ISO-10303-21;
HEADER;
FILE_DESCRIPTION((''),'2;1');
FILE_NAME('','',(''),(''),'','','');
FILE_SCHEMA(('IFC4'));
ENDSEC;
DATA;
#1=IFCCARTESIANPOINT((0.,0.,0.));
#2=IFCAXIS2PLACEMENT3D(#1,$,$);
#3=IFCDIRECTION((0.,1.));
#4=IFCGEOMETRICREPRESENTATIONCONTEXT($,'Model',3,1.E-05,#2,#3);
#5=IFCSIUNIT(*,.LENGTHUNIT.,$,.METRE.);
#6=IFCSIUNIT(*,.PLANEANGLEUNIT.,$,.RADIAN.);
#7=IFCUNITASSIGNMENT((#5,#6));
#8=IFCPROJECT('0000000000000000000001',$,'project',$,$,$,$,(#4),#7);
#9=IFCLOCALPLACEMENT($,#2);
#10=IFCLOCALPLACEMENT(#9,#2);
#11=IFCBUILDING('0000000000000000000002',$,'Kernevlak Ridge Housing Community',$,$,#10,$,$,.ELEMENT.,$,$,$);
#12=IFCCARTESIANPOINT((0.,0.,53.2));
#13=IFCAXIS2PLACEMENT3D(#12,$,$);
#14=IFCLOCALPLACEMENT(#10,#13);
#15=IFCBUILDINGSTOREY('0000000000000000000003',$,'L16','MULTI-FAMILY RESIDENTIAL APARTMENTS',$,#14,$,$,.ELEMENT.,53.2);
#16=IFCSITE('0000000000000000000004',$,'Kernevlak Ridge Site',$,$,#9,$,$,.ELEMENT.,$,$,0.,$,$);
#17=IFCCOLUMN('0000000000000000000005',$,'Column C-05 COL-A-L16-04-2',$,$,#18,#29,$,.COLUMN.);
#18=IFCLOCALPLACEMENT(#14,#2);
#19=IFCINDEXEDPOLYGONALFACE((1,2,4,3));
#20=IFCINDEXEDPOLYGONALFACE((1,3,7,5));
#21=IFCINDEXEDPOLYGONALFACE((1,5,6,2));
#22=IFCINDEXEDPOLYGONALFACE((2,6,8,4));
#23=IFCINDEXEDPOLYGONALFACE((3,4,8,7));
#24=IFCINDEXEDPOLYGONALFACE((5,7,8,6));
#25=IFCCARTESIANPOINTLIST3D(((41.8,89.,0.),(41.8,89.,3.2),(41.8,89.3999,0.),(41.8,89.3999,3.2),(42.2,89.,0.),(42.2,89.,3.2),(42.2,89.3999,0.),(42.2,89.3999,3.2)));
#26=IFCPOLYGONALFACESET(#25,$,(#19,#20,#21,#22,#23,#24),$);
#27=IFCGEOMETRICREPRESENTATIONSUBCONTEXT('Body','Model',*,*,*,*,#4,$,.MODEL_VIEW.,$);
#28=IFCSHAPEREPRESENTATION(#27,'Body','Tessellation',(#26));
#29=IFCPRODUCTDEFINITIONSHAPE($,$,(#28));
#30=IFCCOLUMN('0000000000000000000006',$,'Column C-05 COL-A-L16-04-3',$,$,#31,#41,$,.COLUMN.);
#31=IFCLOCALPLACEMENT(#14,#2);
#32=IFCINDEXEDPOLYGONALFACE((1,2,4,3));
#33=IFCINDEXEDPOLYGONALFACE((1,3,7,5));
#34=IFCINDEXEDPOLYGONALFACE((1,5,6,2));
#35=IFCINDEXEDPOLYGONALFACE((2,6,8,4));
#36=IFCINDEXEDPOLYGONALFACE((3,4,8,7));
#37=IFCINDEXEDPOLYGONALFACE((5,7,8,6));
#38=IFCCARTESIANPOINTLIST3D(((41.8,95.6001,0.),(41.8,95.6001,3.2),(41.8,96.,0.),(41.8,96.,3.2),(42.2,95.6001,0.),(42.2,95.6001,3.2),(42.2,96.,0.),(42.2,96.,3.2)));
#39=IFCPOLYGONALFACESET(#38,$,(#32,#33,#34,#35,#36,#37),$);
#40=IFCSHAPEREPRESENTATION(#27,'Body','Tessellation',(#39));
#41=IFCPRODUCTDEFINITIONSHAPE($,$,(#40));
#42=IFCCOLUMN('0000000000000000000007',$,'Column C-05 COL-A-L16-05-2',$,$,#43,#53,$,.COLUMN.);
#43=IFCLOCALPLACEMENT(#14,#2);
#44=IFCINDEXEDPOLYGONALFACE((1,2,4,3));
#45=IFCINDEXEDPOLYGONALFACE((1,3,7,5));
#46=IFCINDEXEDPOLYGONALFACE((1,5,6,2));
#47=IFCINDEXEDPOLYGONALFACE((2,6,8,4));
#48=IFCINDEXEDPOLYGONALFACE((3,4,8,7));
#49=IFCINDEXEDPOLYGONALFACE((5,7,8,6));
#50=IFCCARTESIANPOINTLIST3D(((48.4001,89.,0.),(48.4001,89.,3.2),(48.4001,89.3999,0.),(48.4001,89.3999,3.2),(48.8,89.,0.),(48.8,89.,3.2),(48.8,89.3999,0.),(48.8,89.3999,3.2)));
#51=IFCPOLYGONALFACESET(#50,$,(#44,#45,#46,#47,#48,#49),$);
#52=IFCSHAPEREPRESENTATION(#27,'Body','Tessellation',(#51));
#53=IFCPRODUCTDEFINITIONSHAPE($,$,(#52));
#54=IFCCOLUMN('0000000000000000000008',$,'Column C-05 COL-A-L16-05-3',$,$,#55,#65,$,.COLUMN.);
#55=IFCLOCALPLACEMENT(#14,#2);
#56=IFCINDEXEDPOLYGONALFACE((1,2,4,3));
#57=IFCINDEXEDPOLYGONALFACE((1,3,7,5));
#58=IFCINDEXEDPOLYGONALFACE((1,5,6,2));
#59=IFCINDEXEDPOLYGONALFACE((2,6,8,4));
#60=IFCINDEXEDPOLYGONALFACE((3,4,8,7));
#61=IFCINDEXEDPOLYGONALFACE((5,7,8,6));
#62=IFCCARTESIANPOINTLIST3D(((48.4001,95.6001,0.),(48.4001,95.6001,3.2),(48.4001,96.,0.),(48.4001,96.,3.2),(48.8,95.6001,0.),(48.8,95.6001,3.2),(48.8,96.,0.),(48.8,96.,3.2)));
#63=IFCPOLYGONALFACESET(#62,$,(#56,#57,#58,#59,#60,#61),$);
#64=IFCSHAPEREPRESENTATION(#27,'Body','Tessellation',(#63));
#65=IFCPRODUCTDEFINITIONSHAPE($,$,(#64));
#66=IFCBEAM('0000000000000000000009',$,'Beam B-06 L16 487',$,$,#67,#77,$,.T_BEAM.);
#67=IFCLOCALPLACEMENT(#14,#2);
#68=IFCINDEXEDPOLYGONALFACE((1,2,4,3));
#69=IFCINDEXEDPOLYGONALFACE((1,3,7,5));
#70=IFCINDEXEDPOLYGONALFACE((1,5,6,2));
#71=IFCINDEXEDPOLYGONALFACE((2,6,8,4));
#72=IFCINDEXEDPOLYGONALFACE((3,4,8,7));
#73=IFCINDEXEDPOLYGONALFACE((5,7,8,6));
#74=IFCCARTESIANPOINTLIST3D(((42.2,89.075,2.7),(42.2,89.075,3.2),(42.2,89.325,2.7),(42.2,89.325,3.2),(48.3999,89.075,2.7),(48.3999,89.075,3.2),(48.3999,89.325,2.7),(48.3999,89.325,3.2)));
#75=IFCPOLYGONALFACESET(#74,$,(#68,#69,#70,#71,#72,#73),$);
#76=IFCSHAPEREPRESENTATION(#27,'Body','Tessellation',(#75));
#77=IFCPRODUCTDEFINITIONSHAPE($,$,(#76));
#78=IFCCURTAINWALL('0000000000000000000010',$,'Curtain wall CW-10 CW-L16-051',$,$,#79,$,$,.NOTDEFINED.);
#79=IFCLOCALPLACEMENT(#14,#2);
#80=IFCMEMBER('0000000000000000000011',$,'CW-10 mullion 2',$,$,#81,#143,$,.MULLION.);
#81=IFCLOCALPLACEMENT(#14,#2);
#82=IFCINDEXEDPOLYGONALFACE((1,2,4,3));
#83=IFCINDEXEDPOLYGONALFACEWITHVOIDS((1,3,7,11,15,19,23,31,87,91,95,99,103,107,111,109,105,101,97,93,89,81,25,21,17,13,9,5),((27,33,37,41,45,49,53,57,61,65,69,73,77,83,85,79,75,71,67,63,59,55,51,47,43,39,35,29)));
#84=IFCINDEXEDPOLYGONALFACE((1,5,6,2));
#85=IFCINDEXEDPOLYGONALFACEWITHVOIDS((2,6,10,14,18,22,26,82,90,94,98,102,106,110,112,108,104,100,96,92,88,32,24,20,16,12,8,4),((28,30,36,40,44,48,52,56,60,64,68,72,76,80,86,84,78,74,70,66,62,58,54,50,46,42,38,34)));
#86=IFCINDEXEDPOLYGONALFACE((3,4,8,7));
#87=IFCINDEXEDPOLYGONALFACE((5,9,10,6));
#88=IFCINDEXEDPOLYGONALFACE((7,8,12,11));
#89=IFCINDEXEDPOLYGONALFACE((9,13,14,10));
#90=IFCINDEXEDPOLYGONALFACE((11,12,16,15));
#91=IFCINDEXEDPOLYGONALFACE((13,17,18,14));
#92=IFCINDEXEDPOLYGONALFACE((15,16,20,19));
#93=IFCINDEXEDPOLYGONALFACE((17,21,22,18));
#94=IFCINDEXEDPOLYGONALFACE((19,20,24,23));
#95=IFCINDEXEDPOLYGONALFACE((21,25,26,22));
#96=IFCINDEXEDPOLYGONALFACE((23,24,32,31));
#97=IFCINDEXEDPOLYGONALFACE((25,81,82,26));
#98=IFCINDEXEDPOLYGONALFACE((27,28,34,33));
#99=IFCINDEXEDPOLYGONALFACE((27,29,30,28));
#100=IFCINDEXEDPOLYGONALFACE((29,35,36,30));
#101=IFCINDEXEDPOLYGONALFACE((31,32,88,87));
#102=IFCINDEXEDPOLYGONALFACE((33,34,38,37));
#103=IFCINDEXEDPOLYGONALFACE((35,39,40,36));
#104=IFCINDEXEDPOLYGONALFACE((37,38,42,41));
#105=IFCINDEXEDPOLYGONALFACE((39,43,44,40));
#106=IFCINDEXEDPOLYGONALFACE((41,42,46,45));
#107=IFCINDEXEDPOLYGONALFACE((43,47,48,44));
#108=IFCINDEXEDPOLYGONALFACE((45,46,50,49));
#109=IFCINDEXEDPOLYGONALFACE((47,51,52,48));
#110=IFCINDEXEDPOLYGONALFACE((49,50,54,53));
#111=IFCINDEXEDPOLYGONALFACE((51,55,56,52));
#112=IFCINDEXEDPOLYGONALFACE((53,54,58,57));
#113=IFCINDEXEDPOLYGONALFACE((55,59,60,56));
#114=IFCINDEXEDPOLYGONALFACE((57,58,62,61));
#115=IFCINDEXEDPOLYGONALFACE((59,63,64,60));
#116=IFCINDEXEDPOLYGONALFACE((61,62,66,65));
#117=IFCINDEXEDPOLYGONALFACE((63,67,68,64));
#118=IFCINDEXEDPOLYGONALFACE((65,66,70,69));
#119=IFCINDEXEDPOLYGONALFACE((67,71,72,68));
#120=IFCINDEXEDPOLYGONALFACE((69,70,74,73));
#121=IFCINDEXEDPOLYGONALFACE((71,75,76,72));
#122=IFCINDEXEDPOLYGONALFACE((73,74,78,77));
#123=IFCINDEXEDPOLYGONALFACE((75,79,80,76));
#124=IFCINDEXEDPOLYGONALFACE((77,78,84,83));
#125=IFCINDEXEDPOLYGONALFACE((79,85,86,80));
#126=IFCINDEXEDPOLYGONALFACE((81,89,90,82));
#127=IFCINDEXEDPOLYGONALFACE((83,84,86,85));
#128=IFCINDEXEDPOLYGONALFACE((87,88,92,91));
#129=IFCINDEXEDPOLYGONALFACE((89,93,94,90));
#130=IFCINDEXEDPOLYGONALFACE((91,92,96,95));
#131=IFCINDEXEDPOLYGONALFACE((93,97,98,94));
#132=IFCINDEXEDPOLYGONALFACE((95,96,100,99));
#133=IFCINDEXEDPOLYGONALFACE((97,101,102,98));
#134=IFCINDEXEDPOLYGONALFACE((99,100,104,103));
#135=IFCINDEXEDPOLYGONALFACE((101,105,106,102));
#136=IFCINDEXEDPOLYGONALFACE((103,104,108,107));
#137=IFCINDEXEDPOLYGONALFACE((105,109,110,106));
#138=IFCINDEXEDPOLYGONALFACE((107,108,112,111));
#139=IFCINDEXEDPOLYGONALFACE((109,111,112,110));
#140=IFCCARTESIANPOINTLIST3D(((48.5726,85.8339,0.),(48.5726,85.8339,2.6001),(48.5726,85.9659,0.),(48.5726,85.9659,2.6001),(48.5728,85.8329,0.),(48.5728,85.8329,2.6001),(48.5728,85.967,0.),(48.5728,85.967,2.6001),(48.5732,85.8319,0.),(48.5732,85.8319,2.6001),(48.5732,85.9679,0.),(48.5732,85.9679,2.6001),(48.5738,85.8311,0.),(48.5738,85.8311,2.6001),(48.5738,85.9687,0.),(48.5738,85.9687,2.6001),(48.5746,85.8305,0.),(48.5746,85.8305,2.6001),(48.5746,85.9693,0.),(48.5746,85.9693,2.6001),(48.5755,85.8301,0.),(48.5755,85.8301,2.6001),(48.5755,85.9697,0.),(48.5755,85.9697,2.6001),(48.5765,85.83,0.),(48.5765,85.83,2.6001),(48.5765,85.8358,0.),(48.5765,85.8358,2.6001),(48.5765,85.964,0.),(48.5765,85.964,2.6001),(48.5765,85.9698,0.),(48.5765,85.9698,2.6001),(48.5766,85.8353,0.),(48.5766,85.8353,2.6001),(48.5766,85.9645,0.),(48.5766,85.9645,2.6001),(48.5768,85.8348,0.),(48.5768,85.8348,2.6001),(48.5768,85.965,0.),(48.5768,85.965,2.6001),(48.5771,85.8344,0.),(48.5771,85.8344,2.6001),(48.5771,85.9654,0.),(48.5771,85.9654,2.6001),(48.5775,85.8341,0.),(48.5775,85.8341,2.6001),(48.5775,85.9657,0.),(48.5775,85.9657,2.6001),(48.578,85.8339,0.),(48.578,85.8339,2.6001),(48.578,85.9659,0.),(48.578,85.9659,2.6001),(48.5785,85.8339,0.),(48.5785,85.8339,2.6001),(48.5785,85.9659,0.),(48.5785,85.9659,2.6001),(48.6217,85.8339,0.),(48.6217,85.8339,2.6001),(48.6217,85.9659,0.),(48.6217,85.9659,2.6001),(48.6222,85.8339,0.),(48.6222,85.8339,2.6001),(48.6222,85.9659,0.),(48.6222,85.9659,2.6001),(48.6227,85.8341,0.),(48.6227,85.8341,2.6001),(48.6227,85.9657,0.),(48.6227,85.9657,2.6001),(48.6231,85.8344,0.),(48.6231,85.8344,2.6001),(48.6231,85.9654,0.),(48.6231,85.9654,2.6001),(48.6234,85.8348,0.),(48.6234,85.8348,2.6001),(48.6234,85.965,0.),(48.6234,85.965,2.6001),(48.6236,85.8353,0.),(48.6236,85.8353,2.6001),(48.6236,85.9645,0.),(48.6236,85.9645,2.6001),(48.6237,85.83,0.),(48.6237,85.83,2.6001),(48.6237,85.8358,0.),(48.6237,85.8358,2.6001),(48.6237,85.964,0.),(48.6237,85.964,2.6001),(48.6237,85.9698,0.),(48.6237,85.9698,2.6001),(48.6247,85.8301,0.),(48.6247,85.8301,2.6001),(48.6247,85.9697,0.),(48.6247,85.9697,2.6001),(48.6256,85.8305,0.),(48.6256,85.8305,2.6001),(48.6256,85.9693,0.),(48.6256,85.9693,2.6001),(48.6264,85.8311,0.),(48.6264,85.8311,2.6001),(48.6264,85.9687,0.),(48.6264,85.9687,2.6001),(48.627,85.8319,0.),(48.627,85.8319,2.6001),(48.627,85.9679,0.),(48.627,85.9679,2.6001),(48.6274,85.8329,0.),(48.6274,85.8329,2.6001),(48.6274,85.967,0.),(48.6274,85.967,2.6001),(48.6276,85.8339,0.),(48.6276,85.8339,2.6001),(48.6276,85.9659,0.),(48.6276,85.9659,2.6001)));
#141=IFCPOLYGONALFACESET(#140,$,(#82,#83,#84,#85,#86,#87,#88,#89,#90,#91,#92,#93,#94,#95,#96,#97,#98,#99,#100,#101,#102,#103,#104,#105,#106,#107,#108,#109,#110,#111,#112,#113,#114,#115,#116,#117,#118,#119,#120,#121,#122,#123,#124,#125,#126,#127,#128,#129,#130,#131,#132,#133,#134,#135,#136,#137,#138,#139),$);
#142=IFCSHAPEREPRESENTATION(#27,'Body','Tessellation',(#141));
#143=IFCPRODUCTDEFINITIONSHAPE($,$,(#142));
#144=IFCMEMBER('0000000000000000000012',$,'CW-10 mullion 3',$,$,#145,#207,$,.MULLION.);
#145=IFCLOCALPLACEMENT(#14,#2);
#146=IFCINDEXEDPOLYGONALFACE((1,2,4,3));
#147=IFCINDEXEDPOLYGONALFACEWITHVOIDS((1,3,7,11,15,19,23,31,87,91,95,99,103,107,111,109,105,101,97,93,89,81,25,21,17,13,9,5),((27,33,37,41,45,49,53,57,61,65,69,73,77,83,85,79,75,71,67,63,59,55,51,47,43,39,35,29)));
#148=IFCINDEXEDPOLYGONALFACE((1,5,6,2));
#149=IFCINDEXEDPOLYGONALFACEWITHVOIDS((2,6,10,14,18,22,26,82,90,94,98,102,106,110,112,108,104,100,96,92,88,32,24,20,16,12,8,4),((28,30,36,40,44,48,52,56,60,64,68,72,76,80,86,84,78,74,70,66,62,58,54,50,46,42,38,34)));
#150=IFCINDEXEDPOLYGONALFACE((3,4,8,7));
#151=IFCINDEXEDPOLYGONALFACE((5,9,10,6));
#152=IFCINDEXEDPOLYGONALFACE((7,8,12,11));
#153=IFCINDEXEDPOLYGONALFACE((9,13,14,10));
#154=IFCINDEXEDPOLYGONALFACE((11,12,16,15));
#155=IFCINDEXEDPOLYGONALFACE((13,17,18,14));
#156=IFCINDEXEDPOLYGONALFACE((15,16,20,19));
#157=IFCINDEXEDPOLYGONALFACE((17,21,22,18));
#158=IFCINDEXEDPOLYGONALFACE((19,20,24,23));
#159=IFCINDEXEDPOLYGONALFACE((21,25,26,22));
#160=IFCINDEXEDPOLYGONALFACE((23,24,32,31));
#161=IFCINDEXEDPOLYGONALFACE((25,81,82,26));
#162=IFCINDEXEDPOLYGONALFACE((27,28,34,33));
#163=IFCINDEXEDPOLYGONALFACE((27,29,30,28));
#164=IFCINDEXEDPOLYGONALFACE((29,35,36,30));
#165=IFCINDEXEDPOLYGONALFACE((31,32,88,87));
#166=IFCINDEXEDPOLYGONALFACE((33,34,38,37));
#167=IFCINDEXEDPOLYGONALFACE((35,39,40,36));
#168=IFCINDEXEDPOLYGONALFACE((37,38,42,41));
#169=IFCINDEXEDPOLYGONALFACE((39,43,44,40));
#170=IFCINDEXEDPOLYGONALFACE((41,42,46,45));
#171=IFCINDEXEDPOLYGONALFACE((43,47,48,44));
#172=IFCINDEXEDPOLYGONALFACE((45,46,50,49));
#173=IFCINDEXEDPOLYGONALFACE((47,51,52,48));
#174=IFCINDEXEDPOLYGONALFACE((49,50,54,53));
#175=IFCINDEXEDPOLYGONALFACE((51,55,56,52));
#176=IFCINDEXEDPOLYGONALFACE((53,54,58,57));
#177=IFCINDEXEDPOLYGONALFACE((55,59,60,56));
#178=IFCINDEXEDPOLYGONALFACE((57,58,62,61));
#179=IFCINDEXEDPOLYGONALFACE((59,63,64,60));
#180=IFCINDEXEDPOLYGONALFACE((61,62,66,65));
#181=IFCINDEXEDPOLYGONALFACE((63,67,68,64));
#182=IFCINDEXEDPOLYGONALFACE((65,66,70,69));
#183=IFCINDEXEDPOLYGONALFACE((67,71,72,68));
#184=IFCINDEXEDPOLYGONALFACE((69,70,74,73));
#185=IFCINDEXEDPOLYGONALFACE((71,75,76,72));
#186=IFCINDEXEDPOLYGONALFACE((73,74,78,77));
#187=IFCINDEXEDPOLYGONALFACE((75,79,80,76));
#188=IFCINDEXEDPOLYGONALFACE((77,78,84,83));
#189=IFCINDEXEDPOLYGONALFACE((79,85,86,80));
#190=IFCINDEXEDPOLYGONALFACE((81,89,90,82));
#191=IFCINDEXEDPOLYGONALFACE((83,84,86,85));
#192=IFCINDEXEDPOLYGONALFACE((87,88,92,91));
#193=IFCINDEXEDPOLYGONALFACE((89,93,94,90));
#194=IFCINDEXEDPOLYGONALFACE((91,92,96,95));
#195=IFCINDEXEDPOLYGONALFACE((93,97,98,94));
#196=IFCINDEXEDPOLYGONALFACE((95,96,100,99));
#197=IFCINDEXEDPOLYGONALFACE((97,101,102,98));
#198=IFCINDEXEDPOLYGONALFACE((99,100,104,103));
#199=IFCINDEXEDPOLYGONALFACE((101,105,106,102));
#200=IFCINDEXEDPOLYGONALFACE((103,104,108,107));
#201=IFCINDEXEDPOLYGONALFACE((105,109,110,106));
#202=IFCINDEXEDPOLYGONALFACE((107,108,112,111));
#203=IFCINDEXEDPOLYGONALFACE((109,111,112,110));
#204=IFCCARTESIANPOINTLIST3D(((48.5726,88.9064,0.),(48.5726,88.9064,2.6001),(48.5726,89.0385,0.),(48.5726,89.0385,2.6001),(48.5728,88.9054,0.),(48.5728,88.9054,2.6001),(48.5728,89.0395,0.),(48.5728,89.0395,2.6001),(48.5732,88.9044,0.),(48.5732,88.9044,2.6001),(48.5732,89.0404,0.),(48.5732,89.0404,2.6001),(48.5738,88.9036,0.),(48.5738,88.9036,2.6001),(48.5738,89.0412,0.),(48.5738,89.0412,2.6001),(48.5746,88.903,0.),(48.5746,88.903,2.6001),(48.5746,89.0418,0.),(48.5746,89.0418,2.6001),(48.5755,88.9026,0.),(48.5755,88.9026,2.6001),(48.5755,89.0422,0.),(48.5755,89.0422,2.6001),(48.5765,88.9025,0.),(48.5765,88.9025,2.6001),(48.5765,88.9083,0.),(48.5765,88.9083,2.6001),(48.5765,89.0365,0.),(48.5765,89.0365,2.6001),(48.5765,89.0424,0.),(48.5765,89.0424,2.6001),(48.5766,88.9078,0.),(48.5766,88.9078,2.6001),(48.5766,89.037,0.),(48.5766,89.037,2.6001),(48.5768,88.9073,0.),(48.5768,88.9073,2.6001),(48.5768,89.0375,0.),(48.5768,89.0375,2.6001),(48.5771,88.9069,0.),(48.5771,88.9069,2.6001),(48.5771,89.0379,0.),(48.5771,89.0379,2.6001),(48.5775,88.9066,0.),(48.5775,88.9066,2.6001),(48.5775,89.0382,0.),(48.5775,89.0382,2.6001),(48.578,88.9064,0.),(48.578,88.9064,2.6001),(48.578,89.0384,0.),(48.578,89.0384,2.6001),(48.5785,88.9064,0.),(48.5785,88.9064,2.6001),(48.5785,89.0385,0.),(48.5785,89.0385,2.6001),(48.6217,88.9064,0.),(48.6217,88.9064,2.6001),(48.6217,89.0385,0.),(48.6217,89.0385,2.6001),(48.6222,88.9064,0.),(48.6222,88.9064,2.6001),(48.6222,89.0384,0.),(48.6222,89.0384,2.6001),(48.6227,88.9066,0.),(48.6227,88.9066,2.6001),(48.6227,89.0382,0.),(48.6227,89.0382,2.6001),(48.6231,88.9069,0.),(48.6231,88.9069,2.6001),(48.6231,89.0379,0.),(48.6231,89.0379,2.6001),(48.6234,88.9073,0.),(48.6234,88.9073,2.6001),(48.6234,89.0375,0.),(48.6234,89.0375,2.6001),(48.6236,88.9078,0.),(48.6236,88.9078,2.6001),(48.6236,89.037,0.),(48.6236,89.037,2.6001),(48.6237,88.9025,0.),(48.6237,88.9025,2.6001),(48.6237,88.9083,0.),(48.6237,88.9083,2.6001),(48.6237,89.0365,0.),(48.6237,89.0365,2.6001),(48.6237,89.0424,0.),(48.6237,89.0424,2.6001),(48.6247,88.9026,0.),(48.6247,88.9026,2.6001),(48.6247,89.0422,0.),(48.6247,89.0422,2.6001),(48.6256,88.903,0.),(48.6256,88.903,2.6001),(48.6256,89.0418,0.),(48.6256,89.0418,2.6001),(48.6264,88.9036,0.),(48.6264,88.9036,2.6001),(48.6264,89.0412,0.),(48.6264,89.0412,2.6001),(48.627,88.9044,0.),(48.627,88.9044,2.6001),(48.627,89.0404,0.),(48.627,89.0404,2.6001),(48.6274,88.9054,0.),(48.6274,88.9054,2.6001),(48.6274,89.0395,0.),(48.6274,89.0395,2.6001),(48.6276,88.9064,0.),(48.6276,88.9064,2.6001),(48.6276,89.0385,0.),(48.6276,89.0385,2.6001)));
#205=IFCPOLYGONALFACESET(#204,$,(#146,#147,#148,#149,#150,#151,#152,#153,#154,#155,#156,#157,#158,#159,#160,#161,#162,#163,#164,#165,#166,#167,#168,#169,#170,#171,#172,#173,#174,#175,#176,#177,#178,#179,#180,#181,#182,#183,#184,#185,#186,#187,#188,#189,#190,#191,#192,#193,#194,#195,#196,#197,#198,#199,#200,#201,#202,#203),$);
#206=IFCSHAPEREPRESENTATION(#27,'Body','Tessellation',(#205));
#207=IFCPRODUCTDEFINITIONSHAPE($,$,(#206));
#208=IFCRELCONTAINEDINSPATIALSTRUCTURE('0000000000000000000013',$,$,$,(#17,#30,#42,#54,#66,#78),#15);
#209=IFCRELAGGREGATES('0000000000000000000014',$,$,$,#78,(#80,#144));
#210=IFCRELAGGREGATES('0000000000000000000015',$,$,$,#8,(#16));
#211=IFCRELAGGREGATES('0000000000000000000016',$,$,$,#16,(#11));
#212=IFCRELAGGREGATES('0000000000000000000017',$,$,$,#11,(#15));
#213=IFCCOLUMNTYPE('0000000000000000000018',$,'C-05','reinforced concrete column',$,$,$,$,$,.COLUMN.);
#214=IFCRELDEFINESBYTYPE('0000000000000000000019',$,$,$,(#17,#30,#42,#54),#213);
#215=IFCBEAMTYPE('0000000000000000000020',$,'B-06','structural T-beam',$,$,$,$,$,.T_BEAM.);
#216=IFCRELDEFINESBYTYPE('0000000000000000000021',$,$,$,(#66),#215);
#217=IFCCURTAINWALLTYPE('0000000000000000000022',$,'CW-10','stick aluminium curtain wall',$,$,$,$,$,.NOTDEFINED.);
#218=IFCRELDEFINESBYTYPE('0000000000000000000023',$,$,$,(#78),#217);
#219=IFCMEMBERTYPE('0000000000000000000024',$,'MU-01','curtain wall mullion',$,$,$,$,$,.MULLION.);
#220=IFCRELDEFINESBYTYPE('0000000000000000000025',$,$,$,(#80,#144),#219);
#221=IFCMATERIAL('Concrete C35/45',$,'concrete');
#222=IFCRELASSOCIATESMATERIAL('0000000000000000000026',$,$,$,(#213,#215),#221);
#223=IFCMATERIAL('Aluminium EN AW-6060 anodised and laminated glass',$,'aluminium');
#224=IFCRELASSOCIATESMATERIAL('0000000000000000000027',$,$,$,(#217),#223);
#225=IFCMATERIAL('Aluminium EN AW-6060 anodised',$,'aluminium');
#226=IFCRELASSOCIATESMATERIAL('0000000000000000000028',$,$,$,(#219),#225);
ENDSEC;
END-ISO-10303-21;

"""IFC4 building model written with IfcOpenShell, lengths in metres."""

from ifc_helpers import new_model, si_unit, direction, frame, origin, origin_2d, place, context, subcontext, project, spatial, rectangle, hollow_rectangle, extrude, material, material_profile, profile_set, type_object, element, aggregate, save


model = new_model("IFC4")

# Units and contexts
model_context = context("Model", 3, precision=1e-05, world=origin(), true_north=direction((0.0, 1.0)))
body_context = subcontext(model_context, "Body", "Model", "MODEL_VIEW")
ifc_project = project(units=[si_unit("LENGTHUNIT", "METRE"), si_unit("PLANEANGLEUNIT", "RADIAN")], contexts=[model_context])

# Site, building, storey
site_placement = place(None, origin())
site = spatial("IfcSite", under=ifc_project, at=site_placement, Name="Kernevlak Ridge Site", CompositionType="ELEMENT", RefElevation=0.0)
building_placement = place(site_placement, origin())
building = spatial("IfcBuilding", under=site, at=building_placement, Name="Kernevlak Ridge Housing Community", CompositionType="ELEMENT")
storey_placement = place(building_placement, frame((0.0, 0.0, 53.2)))
storey = spatial("IfcBuildingStorey", under=building, at=storey_placement, Name="L16", Description="MULTI-FAMILY RESIDENTIAL APARTMENTS", CompositionType="ELEMENT", Elevation=53.2)

# Columns
ifc_material_1 = material(Name="Concrete C35/45", Category="concrete")
ifc_material_profile_1 = material_profile(ifc_material_1, rectangle(XDim=0.3999, YDim=0.3999, at=origin_2d()), Name="RC 400x400")
ifc_profile_set_1 = profile_set([ifc_material_profile_1], Name="Concrete C35/45")
column_type = type_object("IfcColumnType", Name="C-05", Description="reinforced concrete column", PredefinedType="COLUMN", material=ifc_profile_set_1)
for number, where, z_axis, x_axis, name in (
    (1, (42.0, 89.2, 0.0), (0.0, 0.0, 1.0), (1.0, 0.0, 0.0), "Column C-05 COL-A-L16-04-2"),
    (2, (42.0, 95.8, 0.0), (0.0, 0.0, 1.0), (1.0, 0.0, 0.0), "Column C-05 COL-A-L16-04-3"),
    (3, (48.6001, 89.2, 0.0), (0.0, 0.0, 1.0), (1.0, 0.0, 0.0), "Column C-05 COL-A-L16-05-2"),
    (4, (48.6001, 95.8, 0.0), (0.0, 0.0, 1.0), (1.0, 0.0, 0.0), "Column C-05 COL-A-L16-05-3"),
):
    element("IfcColumn", number, at=place(storey_placement, frame(where, z_axis=z_axis, x_axis=x_axis)), inside=storey, type_object=column_type, Name=name, PredefinedType="COLUMN", context=body_context, shape_type="SweptSolid", body=[
        extrude(rectangle(XDim=0.3999, YDim=0.3999, at=origin_2d()), origin(), (0.0, 0.0, 1.0), 3.2),
    ])

# Beam
ifc_material_profile_2 = material_profile(ifc_material_1, rectangle(XDim=0.25, YDim=0.5, at=origin_2d()), Name="RC 250x500")
ifc_profile_set_2 = profile_set([ifc_material_profile_2], Name="Concrete C35/45")
beam_type_1 = type_object("IfcBeamType", Name="B-06", Description="structural T-beam", PredefinedType="T_BEAM", material=ifc_profile_set_2)
beam_1_placement = place(storey_placement, frame((42.2, 89.2, 2.95), z_axis=(1.0, 0.0, 0.0), x_axis=(0.0, 1.0, 0.0)))
element("IfcBeam", 5, at=beam_1_placement, inside=storey, type_object=beam_type_1, Name="Beam B-06 L16 487", PredefinedType="T_BEAM", context=body_context, shape_type="SweptSolid", body=[
    extrude(rectangle(XDim=0.25, YDim=0.5, at=origin_2d()), origin(), (0.0, 0.0, 1.0), 6.2),
])

# Curtain wall, members
ifc_material_2 = material(Name="Aluminium EN AW-6060 anodised and laminated glass", Category="aluminium")
curtain_wall_type = type_object("IfcCurtainWallType", Name="CW-10", Description="stick aluminium curtain wall", PredefinedType="NOTDEFINED", material=ifc_material_2)
curtain_wall_placement = place(storey_placement, origin())
curtain_wall = element("IfcCurtainWall", 6, at=curtain_wall_placement, inside=storey, type_object=curtain_wall_type, Name="Curtain wall CW-10 CW-L16-051", PredefinedType="NOTDEFINED")
ifc_material_3 = material(Name="Aluminium EN AW-6060 anodised", Category="aluminium")
ifc_material_profile_3 = material_profile(ifc_material_3, hollow_rectangle(XDim=0.0549, YDim=0.1399, WallThickness=0.0039, InnerFilletRadius=0.002, OuterFilletRadius=0.0039, at=origin_2d()), Name="ALU 55x140x4")
ifc_profile_set_3 = profile_set([ifc_material_profile_3], Name="Aluminium EN AW-6060 anodised")
member_type_1 = type_object("IfcMemberType", Name="MU-01", Description="curtain wall mullion", PredefinedType="MULLION", material=ifc_profile_set_3)
member_1_placement = place(storey_placement, frame((48.6001, 85.8999, 0.0), z_axis=(0.0, 0.0, 1.0), x_axis=(-1.0, 0.0, 0.0)))
member_1 = element("IfcMember", 7, at=member_1_placement, type_object=member_type_1, Name="CW-10 mullion 2", PredefinedType="MULLION", context=body_context, shape_type="SweptSolid", body=[
    extrude(hollow_rectangle(XDim=0.0549, YDim=0.1399, WallThickness=0.0039, InnerFilletRadius=0.002, OuterFilletRadius=0.0039, at=origin_2d()), origin(), (0.0, 0.0, 1.0), 2.6001),
])
member_2_placement = place(storey_placement, frame((48.6001, 88.9724, 0.0), z_axis=(0.0, 0.0, 1.0), x_axis=(-1.0, 0.0, 0.0)))
member_2 = element("IfcMember", 8, at=member_2_placement, type_object=member_type_1, Name="CW-10 mullion 3", PredefinedType="MULLION", context=body_context, shape_type="SweptSolid", body=[
    extrude(hollow_rectangle(XDim=0.0549, YDim=0.1399, WallThickness=0.0039, InnerFilletRadius=0.002, OuterFilletRadius=0.0039, at=origin_2d()), origin(), (0.0, 0.0, 1.0), 2.6001),
])

aggregate(curtain_wall, [member_1, member_2])

save(model, "model.ifc")
